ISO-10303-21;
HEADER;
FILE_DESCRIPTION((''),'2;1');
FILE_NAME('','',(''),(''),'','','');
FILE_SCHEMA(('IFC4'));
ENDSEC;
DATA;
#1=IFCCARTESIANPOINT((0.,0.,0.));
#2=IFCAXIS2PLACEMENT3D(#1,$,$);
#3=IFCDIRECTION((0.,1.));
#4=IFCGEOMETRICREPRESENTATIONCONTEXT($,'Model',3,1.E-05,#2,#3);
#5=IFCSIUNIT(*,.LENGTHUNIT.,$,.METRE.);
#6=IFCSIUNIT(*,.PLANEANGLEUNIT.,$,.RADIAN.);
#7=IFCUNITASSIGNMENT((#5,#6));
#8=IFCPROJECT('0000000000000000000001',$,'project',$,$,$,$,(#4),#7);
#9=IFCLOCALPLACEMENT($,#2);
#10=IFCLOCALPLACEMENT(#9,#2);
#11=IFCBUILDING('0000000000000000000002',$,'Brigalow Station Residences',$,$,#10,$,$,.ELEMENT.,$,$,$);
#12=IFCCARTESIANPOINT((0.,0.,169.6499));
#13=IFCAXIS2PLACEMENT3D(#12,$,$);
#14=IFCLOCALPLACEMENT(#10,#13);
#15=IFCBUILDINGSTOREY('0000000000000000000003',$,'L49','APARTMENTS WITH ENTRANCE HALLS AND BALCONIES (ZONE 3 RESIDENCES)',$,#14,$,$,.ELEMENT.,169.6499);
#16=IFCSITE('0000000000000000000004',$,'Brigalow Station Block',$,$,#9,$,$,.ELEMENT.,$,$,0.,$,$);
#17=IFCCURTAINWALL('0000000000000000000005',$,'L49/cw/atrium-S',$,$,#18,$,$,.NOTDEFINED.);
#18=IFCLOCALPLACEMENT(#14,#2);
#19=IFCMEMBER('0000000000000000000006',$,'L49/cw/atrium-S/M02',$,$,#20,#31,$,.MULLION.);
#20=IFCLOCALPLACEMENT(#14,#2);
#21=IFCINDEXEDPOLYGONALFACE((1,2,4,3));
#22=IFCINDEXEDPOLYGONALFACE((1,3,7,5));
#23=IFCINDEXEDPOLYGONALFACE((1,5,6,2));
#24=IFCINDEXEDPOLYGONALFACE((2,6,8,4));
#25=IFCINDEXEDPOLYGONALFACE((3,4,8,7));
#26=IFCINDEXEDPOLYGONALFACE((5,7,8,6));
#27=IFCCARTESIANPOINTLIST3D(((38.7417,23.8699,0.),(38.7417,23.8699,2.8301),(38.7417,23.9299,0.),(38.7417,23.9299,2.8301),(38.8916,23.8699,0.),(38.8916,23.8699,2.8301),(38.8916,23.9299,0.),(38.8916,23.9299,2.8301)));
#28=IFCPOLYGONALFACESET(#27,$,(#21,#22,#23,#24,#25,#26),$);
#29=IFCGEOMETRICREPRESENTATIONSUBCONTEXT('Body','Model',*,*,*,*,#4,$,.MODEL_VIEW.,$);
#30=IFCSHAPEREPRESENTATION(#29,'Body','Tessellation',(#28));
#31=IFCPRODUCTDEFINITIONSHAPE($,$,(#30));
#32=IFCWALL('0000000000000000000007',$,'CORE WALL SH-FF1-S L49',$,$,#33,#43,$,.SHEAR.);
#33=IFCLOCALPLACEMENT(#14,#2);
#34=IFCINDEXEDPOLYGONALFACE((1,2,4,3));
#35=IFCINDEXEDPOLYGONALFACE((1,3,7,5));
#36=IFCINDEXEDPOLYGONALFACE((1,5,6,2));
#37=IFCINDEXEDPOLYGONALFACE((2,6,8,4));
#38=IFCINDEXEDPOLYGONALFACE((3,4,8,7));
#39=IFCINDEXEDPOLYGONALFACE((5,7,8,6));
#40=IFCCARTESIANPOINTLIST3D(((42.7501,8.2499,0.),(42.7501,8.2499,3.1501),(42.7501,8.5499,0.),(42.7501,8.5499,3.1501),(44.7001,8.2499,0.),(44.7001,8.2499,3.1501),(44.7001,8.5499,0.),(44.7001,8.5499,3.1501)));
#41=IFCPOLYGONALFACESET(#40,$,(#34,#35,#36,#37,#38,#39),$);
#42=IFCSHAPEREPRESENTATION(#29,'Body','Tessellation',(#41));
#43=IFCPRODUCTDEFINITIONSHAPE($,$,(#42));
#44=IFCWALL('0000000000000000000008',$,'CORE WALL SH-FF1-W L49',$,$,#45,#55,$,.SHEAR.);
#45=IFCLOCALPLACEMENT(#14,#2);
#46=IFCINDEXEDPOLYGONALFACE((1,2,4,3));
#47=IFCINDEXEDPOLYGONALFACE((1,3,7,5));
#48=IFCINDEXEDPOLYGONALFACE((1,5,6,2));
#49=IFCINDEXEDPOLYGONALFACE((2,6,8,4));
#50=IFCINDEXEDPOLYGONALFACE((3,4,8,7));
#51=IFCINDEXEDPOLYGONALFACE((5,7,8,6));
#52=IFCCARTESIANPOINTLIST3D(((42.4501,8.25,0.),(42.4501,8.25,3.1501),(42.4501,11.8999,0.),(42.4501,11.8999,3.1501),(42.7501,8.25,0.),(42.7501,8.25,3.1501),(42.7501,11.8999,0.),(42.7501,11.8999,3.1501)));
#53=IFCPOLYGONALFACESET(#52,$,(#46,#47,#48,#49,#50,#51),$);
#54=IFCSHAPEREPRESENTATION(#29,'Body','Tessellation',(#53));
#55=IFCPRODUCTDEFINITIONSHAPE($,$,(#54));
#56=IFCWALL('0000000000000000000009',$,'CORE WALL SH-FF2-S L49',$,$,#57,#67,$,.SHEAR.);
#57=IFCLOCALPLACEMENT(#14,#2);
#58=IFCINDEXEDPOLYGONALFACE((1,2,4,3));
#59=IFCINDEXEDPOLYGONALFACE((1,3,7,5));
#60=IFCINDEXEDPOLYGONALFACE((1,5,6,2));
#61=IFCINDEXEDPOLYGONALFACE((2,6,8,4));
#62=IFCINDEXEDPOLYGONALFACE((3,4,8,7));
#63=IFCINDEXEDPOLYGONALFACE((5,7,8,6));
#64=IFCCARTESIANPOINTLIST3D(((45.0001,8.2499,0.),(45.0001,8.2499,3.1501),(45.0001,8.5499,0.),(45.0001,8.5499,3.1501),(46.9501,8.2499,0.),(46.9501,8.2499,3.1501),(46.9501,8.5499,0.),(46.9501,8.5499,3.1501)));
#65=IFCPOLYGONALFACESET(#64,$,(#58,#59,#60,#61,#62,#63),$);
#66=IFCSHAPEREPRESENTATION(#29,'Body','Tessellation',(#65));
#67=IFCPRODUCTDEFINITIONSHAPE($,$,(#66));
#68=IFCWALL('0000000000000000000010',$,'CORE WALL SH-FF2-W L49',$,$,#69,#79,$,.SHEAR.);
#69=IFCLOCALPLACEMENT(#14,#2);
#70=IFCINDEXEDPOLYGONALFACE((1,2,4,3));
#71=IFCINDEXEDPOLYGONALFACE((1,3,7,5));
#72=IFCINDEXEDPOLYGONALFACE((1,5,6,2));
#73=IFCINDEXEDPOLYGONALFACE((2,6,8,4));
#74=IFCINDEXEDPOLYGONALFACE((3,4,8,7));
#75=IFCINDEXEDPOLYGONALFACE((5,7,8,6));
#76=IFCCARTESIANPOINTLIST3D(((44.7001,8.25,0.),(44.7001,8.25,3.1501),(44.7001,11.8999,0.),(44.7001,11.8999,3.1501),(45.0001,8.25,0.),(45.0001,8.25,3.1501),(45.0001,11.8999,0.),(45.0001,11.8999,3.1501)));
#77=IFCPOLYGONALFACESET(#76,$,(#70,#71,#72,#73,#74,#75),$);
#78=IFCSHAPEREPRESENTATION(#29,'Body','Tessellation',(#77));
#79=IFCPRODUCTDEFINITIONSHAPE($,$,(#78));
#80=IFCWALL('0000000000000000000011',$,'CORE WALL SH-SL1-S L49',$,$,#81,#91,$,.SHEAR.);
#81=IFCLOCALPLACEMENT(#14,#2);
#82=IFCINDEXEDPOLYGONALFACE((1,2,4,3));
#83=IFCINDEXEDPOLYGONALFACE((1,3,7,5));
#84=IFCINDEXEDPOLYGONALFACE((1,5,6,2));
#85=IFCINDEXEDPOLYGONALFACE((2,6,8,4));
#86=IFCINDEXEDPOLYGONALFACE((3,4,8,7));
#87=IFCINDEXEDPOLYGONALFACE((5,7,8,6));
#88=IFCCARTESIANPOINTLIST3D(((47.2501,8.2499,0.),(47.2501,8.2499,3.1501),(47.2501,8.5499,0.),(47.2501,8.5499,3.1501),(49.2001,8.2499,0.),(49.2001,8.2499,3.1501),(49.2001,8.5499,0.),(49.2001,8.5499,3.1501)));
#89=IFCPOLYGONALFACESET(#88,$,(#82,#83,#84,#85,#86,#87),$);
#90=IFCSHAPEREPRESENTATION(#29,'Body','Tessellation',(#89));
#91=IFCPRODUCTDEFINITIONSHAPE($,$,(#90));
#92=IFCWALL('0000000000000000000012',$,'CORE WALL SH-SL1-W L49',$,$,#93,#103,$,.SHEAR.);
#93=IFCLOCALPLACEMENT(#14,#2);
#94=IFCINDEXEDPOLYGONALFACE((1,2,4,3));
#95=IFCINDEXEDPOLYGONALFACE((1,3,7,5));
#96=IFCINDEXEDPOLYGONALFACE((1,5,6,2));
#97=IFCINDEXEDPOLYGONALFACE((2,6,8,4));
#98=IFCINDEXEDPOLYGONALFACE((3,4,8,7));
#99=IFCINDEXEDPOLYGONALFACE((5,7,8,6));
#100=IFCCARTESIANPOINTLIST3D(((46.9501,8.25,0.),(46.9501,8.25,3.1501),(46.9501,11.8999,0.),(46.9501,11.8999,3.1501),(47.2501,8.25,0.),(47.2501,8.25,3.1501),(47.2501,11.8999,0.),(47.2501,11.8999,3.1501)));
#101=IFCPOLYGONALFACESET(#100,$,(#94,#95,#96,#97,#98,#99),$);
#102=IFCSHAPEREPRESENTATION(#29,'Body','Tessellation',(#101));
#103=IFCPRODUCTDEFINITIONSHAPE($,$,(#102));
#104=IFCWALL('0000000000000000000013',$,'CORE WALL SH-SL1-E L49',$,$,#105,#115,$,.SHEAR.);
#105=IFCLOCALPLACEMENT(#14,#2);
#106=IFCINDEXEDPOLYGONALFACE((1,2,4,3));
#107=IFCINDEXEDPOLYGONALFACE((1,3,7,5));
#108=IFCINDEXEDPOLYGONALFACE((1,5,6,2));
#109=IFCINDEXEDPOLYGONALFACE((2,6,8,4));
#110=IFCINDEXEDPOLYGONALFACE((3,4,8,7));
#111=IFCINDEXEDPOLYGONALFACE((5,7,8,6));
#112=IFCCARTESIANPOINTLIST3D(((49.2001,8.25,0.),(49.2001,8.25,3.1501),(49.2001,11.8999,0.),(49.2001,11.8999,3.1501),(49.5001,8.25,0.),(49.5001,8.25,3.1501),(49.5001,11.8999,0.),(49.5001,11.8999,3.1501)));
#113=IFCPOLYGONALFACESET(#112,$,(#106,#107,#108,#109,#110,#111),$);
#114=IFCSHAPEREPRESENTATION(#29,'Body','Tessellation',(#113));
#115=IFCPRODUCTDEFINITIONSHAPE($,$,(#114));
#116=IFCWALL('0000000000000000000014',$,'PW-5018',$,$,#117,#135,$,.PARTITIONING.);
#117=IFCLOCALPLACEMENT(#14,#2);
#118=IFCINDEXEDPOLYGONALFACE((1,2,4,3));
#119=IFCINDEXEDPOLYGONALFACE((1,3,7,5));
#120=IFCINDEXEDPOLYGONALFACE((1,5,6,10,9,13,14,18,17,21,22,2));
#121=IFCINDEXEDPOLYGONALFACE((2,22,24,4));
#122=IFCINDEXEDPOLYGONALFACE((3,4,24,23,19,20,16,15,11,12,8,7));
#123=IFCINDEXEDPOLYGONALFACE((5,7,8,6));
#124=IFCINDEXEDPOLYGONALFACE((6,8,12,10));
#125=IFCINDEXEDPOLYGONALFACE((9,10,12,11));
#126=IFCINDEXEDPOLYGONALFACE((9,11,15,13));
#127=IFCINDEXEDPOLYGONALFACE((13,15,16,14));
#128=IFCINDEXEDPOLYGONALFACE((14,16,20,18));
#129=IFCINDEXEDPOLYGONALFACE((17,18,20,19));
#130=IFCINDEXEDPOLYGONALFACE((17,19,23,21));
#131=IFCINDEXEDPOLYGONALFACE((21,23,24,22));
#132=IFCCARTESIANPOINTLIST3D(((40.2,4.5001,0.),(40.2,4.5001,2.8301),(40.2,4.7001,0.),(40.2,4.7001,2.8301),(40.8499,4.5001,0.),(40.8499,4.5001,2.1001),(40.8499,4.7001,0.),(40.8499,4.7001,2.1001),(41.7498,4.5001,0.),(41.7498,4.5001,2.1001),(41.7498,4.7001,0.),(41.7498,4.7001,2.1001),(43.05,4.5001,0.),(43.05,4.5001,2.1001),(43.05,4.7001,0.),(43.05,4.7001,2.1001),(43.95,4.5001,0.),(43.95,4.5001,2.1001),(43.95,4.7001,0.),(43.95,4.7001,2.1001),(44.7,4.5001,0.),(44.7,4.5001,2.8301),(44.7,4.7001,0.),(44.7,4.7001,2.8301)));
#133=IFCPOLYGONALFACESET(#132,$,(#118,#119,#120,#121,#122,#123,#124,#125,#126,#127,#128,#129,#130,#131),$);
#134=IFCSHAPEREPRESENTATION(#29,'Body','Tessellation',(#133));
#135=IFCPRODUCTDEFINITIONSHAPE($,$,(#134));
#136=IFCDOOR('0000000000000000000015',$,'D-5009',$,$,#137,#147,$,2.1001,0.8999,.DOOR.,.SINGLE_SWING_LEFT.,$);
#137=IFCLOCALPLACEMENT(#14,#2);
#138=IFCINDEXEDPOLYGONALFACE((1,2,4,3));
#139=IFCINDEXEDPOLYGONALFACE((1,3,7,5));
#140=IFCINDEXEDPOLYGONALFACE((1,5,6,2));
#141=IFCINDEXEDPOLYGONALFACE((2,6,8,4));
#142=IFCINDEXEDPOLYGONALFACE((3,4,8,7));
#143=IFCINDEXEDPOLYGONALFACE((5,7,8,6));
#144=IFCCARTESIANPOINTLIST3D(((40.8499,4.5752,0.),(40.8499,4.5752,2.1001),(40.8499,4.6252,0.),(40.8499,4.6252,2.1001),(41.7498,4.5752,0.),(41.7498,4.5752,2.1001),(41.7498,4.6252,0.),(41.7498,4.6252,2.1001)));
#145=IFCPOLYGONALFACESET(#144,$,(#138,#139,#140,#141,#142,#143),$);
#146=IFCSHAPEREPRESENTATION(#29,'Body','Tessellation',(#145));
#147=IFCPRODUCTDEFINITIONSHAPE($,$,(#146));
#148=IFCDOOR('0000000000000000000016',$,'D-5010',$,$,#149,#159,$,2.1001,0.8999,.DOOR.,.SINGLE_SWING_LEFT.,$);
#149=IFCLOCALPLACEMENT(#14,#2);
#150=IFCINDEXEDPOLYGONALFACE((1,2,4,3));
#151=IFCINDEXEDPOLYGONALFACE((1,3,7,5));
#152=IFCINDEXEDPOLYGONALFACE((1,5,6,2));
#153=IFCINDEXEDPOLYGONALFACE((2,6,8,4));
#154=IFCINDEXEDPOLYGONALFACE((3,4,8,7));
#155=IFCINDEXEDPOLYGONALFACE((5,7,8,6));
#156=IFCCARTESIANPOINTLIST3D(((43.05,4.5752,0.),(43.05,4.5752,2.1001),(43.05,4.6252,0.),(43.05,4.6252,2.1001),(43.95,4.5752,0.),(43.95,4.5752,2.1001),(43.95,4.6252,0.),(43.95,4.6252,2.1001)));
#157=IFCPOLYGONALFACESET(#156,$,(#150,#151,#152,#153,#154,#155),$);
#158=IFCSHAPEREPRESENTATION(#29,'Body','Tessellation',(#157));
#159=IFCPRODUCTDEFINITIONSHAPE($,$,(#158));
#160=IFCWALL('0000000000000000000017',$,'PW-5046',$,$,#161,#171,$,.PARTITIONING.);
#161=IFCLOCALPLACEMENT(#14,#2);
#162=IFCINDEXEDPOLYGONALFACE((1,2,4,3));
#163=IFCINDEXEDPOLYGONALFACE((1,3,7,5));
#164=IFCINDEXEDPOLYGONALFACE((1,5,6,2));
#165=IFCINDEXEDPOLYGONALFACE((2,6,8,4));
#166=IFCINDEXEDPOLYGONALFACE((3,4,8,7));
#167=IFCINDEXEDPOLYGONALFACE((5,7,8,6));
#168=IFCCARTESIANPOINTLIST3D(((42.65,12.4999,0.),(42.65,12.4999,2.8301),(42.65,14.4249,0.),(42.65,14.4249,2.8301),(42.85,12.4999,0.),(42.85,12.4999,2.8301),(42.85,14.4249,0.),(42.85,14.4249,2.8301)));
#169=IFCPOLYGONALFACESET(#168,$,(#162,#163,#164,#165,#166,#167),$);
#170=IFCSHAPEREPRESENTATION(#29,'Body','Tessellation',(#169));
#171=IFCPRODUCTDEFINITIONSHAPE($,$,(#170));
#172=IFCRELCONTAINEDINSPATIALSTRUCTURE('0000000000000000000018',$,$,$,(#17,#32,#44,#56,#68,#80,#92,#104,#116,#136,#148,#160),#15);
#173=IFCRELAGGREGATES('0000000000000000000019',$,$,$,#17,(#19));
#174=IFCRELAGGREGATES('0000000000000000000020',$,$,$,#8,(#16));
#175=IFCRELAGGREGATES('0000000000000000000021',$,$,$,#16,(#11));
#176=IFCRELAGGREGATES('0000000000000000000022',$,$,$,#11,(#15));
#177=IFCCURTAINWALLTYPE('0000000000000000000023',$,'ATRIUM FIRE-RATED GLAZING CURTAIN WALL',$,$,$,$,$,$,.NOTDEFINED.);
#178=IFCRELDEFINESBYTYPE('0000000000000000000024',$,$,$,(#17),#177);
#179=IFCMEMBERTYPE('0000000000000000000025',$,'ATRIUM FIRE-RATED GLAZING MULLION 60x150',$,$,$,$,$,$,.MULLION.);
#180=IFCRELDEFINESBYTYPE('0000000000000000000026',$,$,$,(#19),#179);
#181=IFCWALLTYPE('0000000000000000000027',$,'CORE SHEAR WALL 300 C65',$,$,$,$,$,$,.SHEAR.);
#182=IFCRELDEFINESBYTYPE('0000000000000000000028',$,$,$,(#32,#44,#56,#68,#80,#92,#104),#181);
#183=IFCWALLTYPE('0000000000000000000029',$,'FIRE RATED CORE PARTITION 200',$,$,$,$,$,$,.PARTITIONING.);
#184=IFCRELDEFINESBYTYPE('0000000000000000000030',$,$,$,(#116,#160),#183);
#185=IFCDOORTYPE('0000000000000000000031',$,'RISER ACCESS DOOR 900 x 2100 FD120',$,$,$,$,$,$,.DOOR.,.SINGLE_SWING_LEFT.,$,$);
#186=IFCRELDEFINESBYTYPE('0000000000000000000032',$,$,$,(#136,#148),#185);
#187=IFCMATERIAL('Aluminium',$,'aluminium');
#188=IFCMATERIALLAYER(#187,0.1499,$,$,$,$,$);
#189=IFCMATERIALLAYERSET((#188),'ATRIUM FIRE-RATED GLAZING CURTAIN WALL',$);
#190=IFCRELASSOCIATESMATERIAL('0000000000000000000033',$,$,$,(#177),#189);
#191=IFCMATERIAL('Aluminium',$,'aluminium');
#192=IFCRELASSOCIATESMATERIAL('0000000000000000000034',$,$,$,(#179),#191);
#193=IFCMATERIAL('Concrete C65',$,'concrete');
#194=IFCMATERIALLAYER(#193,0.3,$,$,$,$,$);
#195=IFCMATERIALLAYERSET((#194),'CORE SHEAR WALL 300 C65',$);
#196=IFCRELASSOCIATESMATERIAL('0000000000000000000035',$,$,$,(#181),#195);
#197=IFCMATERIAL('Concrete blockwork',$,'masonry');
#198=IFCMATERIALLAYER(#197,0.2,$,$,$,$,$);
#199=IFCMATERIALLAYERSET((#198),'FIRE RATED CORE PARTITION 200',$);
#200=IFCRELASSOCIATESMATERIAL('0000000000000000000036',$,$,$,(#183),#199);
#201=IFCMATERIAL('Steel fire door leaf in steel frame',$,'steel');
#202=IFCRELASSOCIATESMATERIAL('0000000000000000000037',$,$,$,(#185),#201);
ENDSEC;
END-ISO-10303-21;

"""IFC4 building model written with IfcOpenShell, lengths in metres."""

from ifc_helpers import new_model, si_unit, direction, frame, frame_2d, origin, origin_2d, place, context, subcontext, project, spatial, rectangle, extrude, material, layer, layer_set, material_profile, profile_set, type_object, element, fill, aggregate, save


model = new_model("IFC4")

# Units and contexts
model_context = context("Model", 3, precision=1e-05, world=origin(), true_north=direction((0.0, 1.0)))
body_context = subcontext(model_context, "Body", "Model", "MODEL_VIEW")
ifc_project = project(units=[si_unit("LENGTHUNIT", "METRE"), si_unit("PLANEANGLEUNIT", "RADIAN")], contexts=[model_context])

# Site, building, storey
site_placement = place(None, origin())
site = spatial("IfcSite", under=ifc_project, at=site_placement, Name="Brigalow Station Block", CompositionType="ELEMENT", RefElevation=0.0)
building_placement = place(site_placement, origin())
building = spatial("IfcBuilding", under=site, at=building_placement, Name="Brigalow Station Residences", CompositionType="ELEMENT")
storey_placement = place(building_placement, frame((0.0, 0.0, 169.6499)))
storey = spatial("IfcBuildingStorey", under=building, at=storey_placement, Name="L49", Description="APARTMENTS WITH ENTRANCE HALLS AND BALCONIES (ZONE 3 RESIDENCES)", CompositionType="ELEMENT", Elevation=169.6499)

# Curtain wall, member
ifc_material_1 = material(Name="Aluminium", Category="aluminium")
ifc_layer_1 = layer(ifc_material_1, 0.1499)
ifc_layer_set_1 = layer_set([ifc_layer_1], Name="ATRIUM FIRE-RATED GLAZING CURTAIN WALL")
curtain_wall_type = type_object("IfcCurtainWallType", Name="ATRIUM FIRE-RATED GLAZING CURTAIN WALL", PredefinedType="NOTDEFINED", material=ifc_layer_set_1)
curtain_wall_placement = place(storey_placement, origin())
curtain_wall = element("IfcCurtainWall", 1, at=curtain_wall_placement, inside=storey, type_object=curtain_wall_type, Name="L49/cw/atrium-S", PredefinedType="NOTDEFINED")
ifc_material_2 = material(Name="Aluminium", Category="aluminium")
ifc_material_profile = material_profile(ifc_material_2, rectangle(XDim=0.0601, YDim=0.1499, at=origin_2d()), Name="ATRIUM FIRE-RATED GLAZING MULLION 60x150")
ifc_profile_set = profile_set([ifc_material_profile], Name="Aluminium")
member_type = type_object("IfcMemberType", Name="ATRIUM FIRE-RATED GLAZING MULLION 60x150", PredefinedType="MULLION", material=ifc_profile_set)
member_placement = place(storey_placement, frame((38.8167, 23.8999, 0.0), z_axis=(0.0, 0.0, 1.0), x_axis=(0.0, 1.0, 0.0)))
member = element("IfcMember", 2, at=member_placement, type_object=member_type, Name="L49/cw/atrium-S/M02", PredefinedType="MULLION", context=body_context, shape_type="SweptSolid", body=[
    extrude(rectangle(XDim=0.0601, YDim=0.1499, at=origin_2d()), origin(), (0.0, 0.0, 1.0), 2.8301),
])
aggregate(curtain_wall, [member])

# Walls
ifc_material_3 = material(Name="Concrete C65", Category="concrete")
ifc_layer_2 = layer(ifc_material_3, 0.3)
ifc_layer_set_2 = layer_set([ifc_layer_2], Name="CORE SHEAR WALL 300 C65")
wall_type_1 = type_object("IfcWallType", Name="CORE SHEAR WALL 300 C65", PredefinedType="SHEAR", material=ifc_layer_set_2)
wall_1_placement = place(storey_placement, frame((42.75, 8.3999, 0.0), z_axis=(0.0, 0.0, 1.0), x_axis=(1.0, 0.0, 0.0)))
element("IfcWall", 3, at=wall_1_placement, inside=storey, type_object=wall_type_1, Name="CORE WALL SH-FF1-S L49", PredefinedType="SHEAR", context=body_context, shape_type="SweptSolid", body=[
    extrude(rectangle(XDim=1.95, YDim=0.3, at=frame_2d((0.9751, 0.0))), origin(), (0.0, 0.0, 1.0), 3.1501),
])
wall_2_placement = place(storey_placement, frame((42.6001, 8.25, 0.0), z_axis=(0.0, 0.0, 1.0), x_axis=(0.0, 1.0, 0.0)))
element("IfcWall", 4, at=wall_2_placement, inside=storey, type_object=wall_type_1, Name="CORE WALL SH-FF1-W L49", PredefinedType="SHEAR", context=body_context, shape_type="SweptSolid", body=[
    extrude(rectangle(XDim=3.6499, YDim=0.3, at=frame_2d((1.825, 0.0))), origin(), (0.0, 0.0, 1.0), 3.1501),
])
wall_3_placement = place(storey_placement, frame((45.0, 8.3999, 0.0), z_axis=(0.0, 0.0, 1.0), x_axis=(1.0, 0.0, 0.0)))
element("IfcWall", 5, at=wall_3_placement, inside=storey, type_object=wall_type_1, Name="CORE WALL SH-FF2-S L49", PredefinedType="SHEAR", context=body_context, shape_type="SweptSolid", body=[
    extrude(rectangle(XDim=1.95, YDim=0.3, at=frame_2d((0.9751, 0.0))), origin(), (0.0, 0.0, 1.0), 3.1501),
])
wall_4_placement = place(storey_placement, frame((44.8501, 8.25, 0.0), z_axis=(0.0, 0.0, 1.0), x_axis=(0.0, 1.0, 0.0)))
element("IfcWall", 6, at=wall_4_placement, inside=storey, type_object=wall_type_1, Name="CORE WALL SH-FF2-W L49", PredefinedType="SHEAR", context=body_context, shape_type="SweptSolid", body=[
    extrude(rectangle(XDim=3.6499, YDim=0.3, at=frame_2d((1.825, 0.0))), origin(), (0.0, 0.0, 1.0), 3.1501),
])
wall_5_placement = place(storey_placement, frame((47.25, 8.3999, 0.0), z_axis=(0.0, 0.0, 1.0), x_axis=(1.0, 0.0, 0.0)))
element("IfcWall", 7, at=wall_5_placement, inside=storey, type_object=wall_type_1, Name="CORE WALL SH-SL1-S L49", PredefinedType="SHEAR", context=body_context, shape_type="SweptSolid", body=[
    extrude(rectangle(XDim=1.95, YDim=0.3, at=frame_2d((0.9751, 0.0))), origin(), (0.0, 0.0, 1.0), 3.1501),
])
for number, where, z_axis, x_axis, name in (
    (8, (47.1001, 8.25, 0.0), (0.0, 0.0, 1.0), (0.0, 1.0, 0.0), "CORE WALL SH-SL1-W L49"),
    (9, (49.3501, 8.25, 0.0), (0.0, 0.0, 1.0), (0.0, 1.0, 0.0), "CORE WALL SH-SL1-E L49"),
):
    element("IfcWall", number, at=place(storey_placement, frame(where, z_axis=z_axis, x_axis=x_axis)), inside=storey, type_object=wall_type_1, Name=name, PredefinedType="SHEAR", context=body_context, shape_type="SweptSolid", body=[
        extrude(rectangle(XDim=3.6499, YDim=0.3, at=frame_2d((1.825, 0.0))), origin(), (0.0, 0.0, 1.0), 3.1501),
    ])

# Wall, openings, doors
ifc_material_4 = material(Name="Concrete blockwork", Category="masonry")
ifc_layer_3 = layer(ifc_material_4, 0.2)
ifc_layer_set_3 = layer_set([ifc_layer_3], Name="FIRE RATED CORE PARTITION 200")
wall_type_2 = type_object("IfcWallType", Name="FIRE RATED CORE PARTITION 200", PredefinedType="PARTITIONING", material=ifc_layer_set_3)
wall_6_placement = place(storey_placement, frame((40.2, 4.6001, 0.0), z_axis=(0.0, 0.0, 1.0), x_axis=(1.0, 0.0, 0.0)))
wall_6 = element("IfcWall", 10, at=wall_6_placement, inside=storey, type_object=wall_type_2, Name="PW-5018", PredefinedType="PARTITIONING", context=body_context, shape_type="SweptSolid", body=[
    extrude(rectangle(XDim=4.5, YDim=0.2, at=frame_2d((2.25, 0.0))), origin(), (0.0, 0.0, 1.0), 2.8301),
])
opening_1_placement = place(wall_6_placement, frame((0.6499, 0.0, 0.0)))
opening_1 = element("IfcOpeningElement", 11, at=opening_1_placement, cuts=wall_6, PredefinedType="OPENING", context=body_context, shape_type="SweptSolid", body=[
    extrude(rectangle(XDim=0.8999, YDim=2.1001, at=frame_2d((0.45, 1.05))), frame((0.0, 0.1099, 0.0), z_axis=(0.0, -1.0, 0.0), x_axis=(1.0, 0.0, 0.0)), (0.0, 0.0, 1.0), 0.22),
])
opening_2_placement = place(wall_6_placement, frame((2.8501, 0.0, 0.0)))
opening_2 = element("IfcOpeningElement", 12, at=opening_2_placement, cuts=wall_6, PredefinedType="OPENING", context=body_context, shape_type="SweptSolid", body=[
    extrude(rectangle(XDim=0.8999, YDim=2.1001, at=frame_2d((0.45, 1.05))), frame((0.0, 0.1099, 0.0), z_axis=(0.0, -1.0, 0.0), x_axis=(1.0, 0.0, 0.0)), (0.0, 0.0, 1.0), 0.22),
])
ifc_material_5 = material(Name="Steel fire door leaf in steel frame", Category="steel")
door_type_1 = type_object("IfcDoorType", Name="RISER ACCESS DOOR 900 x 2100 FD120", OperationType="SINGLE_SWING_LEFT", PredefinedType="DOOR", material=ifc_material_5)
door_1_placement = place(opening_1_placement, frame((0.8999, 0.0, 0.0), z_axis=(0.0, 0.0, 1.0), x_axis=(-1.0, 0.0, 0.0)))
door_1 = element("IfcDoor", 13, at=door_1_placement, inside=storey, type_object=door_type_1, Name="D-5009", OperationType="SINGLE_SWING_LEFT", OverallHeight=2.1001, OverallWidth=0.8999, PredefinedType="DOOR", context=body_context, shape_type="SweptSolid", body=[
    extrude(rectangle(XDim=0.8999, YDim=2.1001, at=frame_2d((0.45, 1.05))), frame((0.0, 0.0249, 0.0), z_axis=(0.0, -1.0, 0.0), x_axis=(1.0, 0.0, 0.0)), (0.0, 0.0, 1.0), 0.05),
])
fill(opening_1, door_1)
door_2_placement = place(opening_2_placement, frame((0.8999, 0.0, 0.0), z_axis=(0.0, 0.0, 1.0), x_axis=(-1.0, 0.0, 0.0)))
door_2 = element("IfcDoor", 14, at=door_2_placement, inside=storey, type_object=door_type_1, Name="D-5010", OperationType="SINGLE_SWING_LEFT", OverallHeight=2.1001, OverallWidth=0.8999, PredefinedType="DOOR", context=body_context, shape_type="SweptSolid", body=[
    extrude(rectangle(XDim=0.8999, YDim=2.1001, at=frame_2d((0.45, 1.05))), frame((0.0, 0.0249, 0.0), z_axis=(0.0, -1.0, 0.0), x_axis=(1.0, 0.0, 0.0)), (0.0, 0.0, 1.0), 0.05),
])
fill(opening_2, door_2)

# Wall
wall_7_placement = place(storey_placement, frame((42.75, 12.5, 0.0), z_axis=(0.0, 0.0, 1.0), x_axis=(0.0, 1.0, 0.0)))
element("IfcWall", 15, at=wall_7_placement, inside=storey, type_object=wall_type_2, Name="PW-5046", PredefinedType="PARTITIONING", context=body_context, shape_type="SweptSolid", body=[
    extrude(rectangle(XDim=1.925, YDim=0.2, at=frame_2d((0.9624, 0.0))), origin(), (0.0, 0.0, 1.0), 2.8301),
])

save(model, "model.ifc")
